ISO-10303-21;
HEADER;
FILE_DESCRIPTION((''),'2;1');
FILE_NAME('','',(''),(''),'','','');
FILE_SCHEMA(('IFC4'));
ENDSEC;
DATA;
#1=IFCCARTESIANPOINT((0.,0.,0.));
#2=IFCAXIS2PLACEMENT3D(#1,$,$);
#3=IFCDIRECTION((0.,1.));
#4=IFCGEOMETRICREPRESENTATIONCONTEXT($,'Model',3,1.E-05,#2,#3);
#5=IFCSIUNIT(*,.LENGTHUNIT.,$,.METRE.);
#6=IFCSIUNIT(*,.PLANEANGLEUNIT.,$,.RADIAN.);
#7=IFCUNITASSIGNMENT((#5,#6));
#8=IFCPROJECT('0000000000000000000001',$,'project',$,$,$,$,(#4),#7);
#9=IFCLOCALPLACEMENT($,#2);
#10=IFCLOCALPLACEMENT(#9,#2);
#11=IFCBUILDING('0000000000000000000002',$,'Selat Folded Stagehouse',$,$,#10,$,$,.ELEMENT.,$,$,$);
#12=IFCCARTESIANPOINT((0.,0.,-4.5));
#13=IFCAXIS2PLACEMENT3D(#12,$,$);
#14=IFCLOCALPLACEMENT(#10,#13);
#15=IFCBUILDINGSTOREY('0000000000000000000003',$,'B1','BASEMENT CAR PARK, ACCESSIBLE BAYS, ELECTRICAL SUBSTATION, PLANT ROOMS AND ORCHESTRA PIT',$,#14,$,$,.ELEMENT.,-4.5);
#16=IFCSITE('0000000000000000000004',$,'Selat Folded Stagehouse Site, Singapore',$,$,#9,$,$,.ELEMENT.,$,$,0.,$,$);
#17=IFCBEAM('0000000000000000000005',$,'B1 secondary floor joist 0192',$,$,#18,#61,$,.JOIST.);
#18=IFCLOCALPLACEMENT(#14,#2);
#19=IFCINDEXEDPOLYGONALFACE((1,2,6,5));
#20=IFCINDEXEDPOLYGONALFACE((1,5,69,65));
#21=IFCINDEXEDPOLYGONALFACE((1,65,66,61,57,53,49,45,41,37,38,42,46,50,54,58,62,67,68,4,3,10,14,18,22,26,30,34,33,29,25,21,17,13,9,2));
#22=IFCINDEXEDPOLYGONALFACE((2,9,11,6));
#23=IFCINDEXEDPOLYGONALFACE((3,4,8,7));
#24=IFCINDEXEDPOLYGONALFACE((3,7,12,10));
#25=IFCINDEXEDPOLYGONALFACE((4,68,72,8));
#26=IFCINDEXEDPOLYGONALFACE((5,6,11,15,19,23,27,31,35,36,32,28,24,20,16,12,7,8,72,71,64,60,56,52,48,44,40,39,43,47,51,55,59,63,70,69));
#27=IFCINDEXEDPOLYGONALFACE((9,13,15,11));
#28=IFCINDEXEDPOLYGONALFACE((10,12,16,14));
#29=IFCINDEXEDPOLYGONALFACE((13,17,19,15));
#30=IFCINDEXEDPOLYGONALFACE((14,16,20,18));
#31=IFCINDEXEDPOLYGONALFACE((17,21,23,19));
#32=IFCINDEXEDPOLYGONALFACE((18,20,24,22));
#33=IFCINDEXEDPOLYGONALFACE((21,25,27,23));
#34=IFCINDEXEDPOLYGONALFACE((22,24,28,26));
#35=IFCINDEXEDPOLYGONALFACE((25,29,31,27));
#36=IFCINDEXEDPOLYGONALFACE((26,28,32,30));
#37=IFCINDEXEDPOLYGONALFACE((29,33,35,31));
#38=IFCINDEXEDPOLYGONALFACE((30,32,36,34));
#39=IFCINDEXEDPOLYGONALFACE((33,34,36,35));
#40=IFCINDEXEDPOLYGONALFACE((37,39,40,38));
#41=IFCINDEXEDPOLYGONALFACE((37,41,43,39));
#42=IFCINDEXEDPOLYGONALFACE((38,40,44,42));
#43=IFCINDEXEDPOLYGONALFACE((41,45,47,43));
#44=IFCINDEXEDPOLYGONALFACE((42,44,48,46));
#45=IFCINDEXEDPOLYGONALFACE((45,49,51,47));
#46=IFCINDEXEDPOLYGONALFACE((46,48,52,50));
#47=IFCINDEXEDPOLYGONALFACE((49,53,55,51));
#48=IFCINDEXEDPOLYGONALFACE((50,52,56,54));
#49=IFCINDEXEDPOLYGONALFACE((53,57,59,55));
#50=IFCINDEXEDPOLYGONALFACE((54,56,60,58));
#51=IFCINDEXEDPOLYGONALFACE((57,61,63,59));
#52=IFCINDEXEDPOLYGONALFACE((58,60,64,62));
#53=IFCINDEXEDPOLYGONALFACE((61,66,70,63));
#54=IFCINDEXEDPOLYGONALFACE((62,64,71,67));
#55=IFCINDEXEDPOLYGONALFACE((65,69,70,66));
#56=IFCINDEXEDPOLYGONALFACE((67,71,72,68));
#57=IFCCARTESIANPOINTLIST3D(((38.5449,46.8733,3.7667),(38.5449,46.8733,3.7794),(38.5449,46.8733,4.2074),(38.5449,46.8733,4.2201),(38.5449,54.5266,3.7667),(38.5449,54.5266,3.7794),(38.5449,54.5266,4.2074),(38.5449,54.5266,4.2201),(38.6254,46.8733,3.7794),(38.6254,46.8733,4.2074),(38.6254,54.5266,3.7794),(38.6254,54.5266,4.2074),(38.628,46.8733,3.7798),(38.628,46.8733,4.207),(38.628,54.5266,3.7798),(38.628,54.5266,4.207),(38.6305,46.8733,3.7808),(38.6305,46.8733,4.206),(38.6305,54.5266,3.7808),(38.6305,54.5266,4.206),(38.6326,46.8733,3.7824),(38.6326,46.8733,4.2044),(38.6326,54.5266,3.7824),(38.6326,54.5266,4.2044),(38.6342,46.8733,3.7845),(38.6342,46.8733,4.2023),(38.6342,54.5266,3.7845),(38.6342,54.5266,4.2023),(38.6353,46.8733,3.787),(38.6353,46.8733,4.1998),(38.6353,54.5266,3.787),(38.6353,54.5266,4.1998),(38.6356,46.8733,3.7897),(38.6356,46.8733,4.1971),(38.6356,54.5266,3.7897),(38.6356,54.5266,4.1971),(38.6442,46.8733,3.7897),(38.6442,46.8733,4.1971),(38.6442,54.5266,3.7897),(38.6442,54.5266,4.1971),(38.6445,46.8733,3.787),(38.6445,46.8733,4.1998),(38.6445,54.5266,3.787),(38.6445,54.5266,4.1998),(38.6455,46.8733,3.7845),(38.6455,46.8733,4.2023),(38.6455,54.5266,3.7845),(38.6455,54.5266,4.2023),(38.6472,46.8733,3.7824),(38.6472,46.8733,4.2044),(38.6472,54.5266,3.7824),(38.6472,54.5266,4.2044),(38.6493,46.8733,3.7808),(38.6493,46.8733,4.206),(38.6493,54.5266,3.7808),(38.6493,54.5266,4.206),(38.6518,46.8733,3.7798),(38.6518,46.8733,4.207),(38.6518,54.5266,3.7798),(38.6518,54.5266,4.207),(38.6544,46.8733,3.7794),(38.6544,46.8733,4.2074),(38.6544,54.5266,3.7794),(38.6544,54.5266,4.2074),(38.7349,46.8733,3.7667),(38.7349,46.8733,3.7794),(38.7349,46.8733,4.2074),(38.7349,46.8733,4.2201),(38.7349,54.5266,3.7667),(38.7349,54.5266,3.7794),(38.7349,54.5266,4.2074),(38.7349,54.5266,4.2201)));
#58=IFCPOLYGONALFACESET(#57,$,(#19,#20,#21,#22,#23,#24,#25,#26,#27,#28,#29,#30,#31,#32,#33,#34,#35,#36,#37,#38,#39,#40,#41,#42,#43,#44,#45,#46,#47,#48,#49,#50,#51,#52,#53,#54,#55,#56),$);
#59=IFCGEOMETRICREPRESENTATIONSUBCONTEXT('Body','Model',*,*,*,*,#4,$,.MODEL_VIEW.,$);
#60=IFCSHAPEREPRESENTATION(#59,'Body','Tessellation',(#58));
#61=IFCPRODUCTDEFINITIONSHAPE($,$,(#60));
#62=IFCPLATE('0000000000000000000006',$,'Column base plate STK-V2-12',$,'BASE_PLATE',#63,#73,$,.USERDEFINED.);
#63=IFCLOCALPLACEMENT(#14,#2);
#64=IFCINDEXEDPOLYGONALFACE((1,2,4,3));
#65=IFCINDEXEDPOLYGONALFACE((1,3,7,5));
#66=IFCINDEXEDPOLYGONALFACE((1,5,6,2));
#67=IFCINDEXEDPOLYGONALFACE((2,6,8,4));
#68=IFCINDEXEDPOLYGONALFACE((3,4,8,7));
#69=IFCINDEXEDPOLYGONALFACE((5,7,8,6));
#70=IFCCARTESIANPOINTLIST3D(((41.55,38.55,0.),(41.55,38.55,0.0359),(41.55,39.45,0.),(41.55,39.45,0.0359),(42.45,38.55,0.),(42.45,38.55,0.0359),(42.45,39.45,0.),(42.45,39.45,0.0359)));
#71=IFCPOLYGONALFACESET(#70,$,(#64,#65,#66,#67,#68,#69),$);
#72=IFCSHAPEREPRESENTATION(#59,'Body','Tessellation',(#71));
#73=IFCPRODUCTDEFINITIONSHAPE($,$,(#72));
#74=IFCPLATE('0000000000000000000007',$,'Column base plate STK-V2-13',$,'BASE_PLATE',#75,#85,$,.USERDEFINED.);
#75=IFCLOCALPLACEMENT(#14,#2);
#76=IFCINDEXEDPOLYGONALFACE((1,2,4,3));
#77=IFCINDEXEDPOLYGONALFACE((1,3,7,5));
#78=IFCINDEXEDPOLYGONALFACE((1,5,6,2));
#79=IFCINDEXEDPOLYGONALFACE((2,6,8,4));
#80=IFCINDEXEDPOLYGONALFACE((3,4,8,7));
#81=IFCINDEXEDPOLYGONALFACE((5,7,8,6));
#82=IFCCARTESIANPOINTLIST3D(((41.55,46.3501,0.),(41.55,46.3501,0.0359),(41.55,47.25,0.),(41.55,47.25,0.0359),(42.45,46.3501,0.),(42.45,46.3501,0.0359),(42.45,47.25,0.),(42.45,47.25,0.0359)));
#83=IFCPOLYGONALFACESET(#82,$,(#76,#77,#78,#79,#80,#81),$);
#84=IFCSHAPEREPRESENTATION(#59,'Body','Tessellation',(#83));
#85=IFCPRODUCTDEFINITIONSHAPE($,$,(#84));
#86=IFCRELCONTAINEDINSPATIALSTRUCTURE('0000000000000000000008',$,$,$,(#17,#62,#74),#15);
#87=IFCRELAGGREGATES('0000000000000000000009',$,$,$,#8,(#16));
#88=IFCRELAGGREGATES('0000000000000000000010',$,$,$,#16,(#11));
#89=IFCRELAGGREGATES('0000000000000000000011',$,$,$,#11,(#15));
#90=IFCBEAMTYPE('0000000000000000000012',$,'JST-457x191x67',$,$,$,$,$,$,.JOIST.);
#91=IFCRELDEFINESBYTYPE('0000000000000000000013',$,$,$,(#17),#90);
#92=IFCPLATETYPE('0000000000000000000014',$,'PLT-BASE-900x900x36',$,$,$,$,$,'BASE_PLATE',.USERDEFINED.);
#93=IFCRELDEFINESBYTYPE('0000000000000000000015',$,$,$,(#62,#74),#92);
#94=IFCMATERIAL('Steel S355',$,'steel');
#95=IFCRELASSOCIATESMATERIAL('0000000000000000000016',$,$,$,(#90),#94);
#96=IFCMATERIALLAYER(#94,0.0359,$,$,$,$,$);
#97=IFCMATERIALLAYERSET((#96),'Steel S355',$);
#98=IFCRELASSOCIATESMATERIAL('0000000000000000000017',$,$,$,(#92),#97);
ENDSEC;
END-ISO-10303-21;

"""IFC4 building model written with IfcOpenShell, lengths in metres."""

from ifc_helpers import new_model, si_unit, direction, frame, origin, origin_2d, place, context, subcontext, project, spatial, rectangle, i_section, extrude, material, layer, layer_set, material_profile, profile_set, type_object, element, save


model = new_model("IFC4")

# Units and contexts
model_context = context("Model", 3, precision=1e-05, world=origin(), true_north=direction((0.0, 1.0)))
body_context = subcontext(model_context, "Body", "Model", "MODEL_VIEW")
ifc_project = project(units=[si_unit("LENGTHUNIT", "METRE"), si_unit("PLANEANGLEUNIT", "RADIAN")], contexts=[model_context])

# Site, building, storey
site_placement = place(None, origin())
site = spatial("IfcSite", under=ifc_project, at=site_placement, Name="Selat Folded Stagehouse Site, Singapore", CompositionType="ELEMENT", RefElevation=0.0)
building_placement = place(site_placement, origin())
building = spatial("IfcBuilding", under=site, at=building_placement, Name="Selat Folded Stagehouse", CompositionType="ELEMENT")
storey_placement = place(building_placement, frame((0.0, 0.0, -4.5)))
storey = spatial("IfcBuildingStorey", under=building, at=storey_placement, Name="B1", Description="BASEMENT CAR PARK, ACCESSIBLE BAYS, ELECTRICAL SUBSTATION, PLANT ROOMS AND ORCHESTRA PIT", CompositionType="ELEMENT", Elevation=-4.5)

# Shared definitions
ifc_material_1 = material(Name="Steel S355", Category="steel")

# Beam
ifc_material_profile_1 = material_profile(ifc_material_1, i_section(OverallWidth=0.1899, OverallDepth=0.4534, WebThickness=0.0085, FlangeThickness=0.0127, FilletRadius=0.0103, at=origin_2d()), Name="UKB 457x191x67")
ifc_profile_set_1 = profile_set([ifc_material_profile_1], Name="Steel S355")
beam_type_1 = type_object("IfcBeamType", Name="JST-457x191x67", PredefinedType="JOIST", material=ifc_profile_set_1)
beam_1_placement = place(storey_placement, frame((38.6399, 46.8733, 3.9934), z_axis=(0.0, 1.0, 0.0), x_axis=(-1.0, 0.0, 0.0)))
element("IfcBeam", 1, at=beam_1_placement, inside=storey, type_object=beam_type_1, Name="B1 secondary floor joist 0192", PredefinedType="JOIST", context=body_context, shape_type="SweptSolid", body=[
    extrude(i_section(OverallWidth=0.1899, OverallDepth=0.4534, WebThickness=0.0085, FlangeThickness=0.0127, FilletRadius=0.0103, at=origin_2d()), origin(), (0.0, 0.0, 1.0), 7.6533),
])

# Plates
ifc_layer = layer(ifc_material_1, 0.0359)
ifc_layer_set = layer_set([ifc_layer], Name="Steel S355")
plate_type = type_object("IfcPlateType", Name="PLT-BASE-900x900x36", ElementType="BASE_PLATE", PredefinedType="USERDEFINED", material=ifc_layer_set)
for number, where, z_axis, x_axis, name in (
    (2, (42.0, 39.0, 0.0), (0.0, 0.0, 1.0), (1.0, 0.0, 0.0), "Column base plate STK-V2-12"),
    (3, (42.0, 46.8, 0.0), (0.0, 0.0, 1.0), (1.0, 0.0, 0.0), "Column base plate STK-V2-13"),
):
    element("IfcPlate", number, at=place(storey_placement, frame(where, z_axis=z_axis, x_axis=x_axis)), inside=storey, type_object=plate_type, Name=name, ObjectType="BASE_PLATE", PredefinedType="USERDEFINED", context=body_context, shape_type="SweptSolid", body=[
        extrude(rectangle(XDim=0.8999, YDim=0.8999, at=origin_2d()), origin(), (0.0, 0.0, 1.0), 0.0359),
    ])

save(model, "model.ifc")
